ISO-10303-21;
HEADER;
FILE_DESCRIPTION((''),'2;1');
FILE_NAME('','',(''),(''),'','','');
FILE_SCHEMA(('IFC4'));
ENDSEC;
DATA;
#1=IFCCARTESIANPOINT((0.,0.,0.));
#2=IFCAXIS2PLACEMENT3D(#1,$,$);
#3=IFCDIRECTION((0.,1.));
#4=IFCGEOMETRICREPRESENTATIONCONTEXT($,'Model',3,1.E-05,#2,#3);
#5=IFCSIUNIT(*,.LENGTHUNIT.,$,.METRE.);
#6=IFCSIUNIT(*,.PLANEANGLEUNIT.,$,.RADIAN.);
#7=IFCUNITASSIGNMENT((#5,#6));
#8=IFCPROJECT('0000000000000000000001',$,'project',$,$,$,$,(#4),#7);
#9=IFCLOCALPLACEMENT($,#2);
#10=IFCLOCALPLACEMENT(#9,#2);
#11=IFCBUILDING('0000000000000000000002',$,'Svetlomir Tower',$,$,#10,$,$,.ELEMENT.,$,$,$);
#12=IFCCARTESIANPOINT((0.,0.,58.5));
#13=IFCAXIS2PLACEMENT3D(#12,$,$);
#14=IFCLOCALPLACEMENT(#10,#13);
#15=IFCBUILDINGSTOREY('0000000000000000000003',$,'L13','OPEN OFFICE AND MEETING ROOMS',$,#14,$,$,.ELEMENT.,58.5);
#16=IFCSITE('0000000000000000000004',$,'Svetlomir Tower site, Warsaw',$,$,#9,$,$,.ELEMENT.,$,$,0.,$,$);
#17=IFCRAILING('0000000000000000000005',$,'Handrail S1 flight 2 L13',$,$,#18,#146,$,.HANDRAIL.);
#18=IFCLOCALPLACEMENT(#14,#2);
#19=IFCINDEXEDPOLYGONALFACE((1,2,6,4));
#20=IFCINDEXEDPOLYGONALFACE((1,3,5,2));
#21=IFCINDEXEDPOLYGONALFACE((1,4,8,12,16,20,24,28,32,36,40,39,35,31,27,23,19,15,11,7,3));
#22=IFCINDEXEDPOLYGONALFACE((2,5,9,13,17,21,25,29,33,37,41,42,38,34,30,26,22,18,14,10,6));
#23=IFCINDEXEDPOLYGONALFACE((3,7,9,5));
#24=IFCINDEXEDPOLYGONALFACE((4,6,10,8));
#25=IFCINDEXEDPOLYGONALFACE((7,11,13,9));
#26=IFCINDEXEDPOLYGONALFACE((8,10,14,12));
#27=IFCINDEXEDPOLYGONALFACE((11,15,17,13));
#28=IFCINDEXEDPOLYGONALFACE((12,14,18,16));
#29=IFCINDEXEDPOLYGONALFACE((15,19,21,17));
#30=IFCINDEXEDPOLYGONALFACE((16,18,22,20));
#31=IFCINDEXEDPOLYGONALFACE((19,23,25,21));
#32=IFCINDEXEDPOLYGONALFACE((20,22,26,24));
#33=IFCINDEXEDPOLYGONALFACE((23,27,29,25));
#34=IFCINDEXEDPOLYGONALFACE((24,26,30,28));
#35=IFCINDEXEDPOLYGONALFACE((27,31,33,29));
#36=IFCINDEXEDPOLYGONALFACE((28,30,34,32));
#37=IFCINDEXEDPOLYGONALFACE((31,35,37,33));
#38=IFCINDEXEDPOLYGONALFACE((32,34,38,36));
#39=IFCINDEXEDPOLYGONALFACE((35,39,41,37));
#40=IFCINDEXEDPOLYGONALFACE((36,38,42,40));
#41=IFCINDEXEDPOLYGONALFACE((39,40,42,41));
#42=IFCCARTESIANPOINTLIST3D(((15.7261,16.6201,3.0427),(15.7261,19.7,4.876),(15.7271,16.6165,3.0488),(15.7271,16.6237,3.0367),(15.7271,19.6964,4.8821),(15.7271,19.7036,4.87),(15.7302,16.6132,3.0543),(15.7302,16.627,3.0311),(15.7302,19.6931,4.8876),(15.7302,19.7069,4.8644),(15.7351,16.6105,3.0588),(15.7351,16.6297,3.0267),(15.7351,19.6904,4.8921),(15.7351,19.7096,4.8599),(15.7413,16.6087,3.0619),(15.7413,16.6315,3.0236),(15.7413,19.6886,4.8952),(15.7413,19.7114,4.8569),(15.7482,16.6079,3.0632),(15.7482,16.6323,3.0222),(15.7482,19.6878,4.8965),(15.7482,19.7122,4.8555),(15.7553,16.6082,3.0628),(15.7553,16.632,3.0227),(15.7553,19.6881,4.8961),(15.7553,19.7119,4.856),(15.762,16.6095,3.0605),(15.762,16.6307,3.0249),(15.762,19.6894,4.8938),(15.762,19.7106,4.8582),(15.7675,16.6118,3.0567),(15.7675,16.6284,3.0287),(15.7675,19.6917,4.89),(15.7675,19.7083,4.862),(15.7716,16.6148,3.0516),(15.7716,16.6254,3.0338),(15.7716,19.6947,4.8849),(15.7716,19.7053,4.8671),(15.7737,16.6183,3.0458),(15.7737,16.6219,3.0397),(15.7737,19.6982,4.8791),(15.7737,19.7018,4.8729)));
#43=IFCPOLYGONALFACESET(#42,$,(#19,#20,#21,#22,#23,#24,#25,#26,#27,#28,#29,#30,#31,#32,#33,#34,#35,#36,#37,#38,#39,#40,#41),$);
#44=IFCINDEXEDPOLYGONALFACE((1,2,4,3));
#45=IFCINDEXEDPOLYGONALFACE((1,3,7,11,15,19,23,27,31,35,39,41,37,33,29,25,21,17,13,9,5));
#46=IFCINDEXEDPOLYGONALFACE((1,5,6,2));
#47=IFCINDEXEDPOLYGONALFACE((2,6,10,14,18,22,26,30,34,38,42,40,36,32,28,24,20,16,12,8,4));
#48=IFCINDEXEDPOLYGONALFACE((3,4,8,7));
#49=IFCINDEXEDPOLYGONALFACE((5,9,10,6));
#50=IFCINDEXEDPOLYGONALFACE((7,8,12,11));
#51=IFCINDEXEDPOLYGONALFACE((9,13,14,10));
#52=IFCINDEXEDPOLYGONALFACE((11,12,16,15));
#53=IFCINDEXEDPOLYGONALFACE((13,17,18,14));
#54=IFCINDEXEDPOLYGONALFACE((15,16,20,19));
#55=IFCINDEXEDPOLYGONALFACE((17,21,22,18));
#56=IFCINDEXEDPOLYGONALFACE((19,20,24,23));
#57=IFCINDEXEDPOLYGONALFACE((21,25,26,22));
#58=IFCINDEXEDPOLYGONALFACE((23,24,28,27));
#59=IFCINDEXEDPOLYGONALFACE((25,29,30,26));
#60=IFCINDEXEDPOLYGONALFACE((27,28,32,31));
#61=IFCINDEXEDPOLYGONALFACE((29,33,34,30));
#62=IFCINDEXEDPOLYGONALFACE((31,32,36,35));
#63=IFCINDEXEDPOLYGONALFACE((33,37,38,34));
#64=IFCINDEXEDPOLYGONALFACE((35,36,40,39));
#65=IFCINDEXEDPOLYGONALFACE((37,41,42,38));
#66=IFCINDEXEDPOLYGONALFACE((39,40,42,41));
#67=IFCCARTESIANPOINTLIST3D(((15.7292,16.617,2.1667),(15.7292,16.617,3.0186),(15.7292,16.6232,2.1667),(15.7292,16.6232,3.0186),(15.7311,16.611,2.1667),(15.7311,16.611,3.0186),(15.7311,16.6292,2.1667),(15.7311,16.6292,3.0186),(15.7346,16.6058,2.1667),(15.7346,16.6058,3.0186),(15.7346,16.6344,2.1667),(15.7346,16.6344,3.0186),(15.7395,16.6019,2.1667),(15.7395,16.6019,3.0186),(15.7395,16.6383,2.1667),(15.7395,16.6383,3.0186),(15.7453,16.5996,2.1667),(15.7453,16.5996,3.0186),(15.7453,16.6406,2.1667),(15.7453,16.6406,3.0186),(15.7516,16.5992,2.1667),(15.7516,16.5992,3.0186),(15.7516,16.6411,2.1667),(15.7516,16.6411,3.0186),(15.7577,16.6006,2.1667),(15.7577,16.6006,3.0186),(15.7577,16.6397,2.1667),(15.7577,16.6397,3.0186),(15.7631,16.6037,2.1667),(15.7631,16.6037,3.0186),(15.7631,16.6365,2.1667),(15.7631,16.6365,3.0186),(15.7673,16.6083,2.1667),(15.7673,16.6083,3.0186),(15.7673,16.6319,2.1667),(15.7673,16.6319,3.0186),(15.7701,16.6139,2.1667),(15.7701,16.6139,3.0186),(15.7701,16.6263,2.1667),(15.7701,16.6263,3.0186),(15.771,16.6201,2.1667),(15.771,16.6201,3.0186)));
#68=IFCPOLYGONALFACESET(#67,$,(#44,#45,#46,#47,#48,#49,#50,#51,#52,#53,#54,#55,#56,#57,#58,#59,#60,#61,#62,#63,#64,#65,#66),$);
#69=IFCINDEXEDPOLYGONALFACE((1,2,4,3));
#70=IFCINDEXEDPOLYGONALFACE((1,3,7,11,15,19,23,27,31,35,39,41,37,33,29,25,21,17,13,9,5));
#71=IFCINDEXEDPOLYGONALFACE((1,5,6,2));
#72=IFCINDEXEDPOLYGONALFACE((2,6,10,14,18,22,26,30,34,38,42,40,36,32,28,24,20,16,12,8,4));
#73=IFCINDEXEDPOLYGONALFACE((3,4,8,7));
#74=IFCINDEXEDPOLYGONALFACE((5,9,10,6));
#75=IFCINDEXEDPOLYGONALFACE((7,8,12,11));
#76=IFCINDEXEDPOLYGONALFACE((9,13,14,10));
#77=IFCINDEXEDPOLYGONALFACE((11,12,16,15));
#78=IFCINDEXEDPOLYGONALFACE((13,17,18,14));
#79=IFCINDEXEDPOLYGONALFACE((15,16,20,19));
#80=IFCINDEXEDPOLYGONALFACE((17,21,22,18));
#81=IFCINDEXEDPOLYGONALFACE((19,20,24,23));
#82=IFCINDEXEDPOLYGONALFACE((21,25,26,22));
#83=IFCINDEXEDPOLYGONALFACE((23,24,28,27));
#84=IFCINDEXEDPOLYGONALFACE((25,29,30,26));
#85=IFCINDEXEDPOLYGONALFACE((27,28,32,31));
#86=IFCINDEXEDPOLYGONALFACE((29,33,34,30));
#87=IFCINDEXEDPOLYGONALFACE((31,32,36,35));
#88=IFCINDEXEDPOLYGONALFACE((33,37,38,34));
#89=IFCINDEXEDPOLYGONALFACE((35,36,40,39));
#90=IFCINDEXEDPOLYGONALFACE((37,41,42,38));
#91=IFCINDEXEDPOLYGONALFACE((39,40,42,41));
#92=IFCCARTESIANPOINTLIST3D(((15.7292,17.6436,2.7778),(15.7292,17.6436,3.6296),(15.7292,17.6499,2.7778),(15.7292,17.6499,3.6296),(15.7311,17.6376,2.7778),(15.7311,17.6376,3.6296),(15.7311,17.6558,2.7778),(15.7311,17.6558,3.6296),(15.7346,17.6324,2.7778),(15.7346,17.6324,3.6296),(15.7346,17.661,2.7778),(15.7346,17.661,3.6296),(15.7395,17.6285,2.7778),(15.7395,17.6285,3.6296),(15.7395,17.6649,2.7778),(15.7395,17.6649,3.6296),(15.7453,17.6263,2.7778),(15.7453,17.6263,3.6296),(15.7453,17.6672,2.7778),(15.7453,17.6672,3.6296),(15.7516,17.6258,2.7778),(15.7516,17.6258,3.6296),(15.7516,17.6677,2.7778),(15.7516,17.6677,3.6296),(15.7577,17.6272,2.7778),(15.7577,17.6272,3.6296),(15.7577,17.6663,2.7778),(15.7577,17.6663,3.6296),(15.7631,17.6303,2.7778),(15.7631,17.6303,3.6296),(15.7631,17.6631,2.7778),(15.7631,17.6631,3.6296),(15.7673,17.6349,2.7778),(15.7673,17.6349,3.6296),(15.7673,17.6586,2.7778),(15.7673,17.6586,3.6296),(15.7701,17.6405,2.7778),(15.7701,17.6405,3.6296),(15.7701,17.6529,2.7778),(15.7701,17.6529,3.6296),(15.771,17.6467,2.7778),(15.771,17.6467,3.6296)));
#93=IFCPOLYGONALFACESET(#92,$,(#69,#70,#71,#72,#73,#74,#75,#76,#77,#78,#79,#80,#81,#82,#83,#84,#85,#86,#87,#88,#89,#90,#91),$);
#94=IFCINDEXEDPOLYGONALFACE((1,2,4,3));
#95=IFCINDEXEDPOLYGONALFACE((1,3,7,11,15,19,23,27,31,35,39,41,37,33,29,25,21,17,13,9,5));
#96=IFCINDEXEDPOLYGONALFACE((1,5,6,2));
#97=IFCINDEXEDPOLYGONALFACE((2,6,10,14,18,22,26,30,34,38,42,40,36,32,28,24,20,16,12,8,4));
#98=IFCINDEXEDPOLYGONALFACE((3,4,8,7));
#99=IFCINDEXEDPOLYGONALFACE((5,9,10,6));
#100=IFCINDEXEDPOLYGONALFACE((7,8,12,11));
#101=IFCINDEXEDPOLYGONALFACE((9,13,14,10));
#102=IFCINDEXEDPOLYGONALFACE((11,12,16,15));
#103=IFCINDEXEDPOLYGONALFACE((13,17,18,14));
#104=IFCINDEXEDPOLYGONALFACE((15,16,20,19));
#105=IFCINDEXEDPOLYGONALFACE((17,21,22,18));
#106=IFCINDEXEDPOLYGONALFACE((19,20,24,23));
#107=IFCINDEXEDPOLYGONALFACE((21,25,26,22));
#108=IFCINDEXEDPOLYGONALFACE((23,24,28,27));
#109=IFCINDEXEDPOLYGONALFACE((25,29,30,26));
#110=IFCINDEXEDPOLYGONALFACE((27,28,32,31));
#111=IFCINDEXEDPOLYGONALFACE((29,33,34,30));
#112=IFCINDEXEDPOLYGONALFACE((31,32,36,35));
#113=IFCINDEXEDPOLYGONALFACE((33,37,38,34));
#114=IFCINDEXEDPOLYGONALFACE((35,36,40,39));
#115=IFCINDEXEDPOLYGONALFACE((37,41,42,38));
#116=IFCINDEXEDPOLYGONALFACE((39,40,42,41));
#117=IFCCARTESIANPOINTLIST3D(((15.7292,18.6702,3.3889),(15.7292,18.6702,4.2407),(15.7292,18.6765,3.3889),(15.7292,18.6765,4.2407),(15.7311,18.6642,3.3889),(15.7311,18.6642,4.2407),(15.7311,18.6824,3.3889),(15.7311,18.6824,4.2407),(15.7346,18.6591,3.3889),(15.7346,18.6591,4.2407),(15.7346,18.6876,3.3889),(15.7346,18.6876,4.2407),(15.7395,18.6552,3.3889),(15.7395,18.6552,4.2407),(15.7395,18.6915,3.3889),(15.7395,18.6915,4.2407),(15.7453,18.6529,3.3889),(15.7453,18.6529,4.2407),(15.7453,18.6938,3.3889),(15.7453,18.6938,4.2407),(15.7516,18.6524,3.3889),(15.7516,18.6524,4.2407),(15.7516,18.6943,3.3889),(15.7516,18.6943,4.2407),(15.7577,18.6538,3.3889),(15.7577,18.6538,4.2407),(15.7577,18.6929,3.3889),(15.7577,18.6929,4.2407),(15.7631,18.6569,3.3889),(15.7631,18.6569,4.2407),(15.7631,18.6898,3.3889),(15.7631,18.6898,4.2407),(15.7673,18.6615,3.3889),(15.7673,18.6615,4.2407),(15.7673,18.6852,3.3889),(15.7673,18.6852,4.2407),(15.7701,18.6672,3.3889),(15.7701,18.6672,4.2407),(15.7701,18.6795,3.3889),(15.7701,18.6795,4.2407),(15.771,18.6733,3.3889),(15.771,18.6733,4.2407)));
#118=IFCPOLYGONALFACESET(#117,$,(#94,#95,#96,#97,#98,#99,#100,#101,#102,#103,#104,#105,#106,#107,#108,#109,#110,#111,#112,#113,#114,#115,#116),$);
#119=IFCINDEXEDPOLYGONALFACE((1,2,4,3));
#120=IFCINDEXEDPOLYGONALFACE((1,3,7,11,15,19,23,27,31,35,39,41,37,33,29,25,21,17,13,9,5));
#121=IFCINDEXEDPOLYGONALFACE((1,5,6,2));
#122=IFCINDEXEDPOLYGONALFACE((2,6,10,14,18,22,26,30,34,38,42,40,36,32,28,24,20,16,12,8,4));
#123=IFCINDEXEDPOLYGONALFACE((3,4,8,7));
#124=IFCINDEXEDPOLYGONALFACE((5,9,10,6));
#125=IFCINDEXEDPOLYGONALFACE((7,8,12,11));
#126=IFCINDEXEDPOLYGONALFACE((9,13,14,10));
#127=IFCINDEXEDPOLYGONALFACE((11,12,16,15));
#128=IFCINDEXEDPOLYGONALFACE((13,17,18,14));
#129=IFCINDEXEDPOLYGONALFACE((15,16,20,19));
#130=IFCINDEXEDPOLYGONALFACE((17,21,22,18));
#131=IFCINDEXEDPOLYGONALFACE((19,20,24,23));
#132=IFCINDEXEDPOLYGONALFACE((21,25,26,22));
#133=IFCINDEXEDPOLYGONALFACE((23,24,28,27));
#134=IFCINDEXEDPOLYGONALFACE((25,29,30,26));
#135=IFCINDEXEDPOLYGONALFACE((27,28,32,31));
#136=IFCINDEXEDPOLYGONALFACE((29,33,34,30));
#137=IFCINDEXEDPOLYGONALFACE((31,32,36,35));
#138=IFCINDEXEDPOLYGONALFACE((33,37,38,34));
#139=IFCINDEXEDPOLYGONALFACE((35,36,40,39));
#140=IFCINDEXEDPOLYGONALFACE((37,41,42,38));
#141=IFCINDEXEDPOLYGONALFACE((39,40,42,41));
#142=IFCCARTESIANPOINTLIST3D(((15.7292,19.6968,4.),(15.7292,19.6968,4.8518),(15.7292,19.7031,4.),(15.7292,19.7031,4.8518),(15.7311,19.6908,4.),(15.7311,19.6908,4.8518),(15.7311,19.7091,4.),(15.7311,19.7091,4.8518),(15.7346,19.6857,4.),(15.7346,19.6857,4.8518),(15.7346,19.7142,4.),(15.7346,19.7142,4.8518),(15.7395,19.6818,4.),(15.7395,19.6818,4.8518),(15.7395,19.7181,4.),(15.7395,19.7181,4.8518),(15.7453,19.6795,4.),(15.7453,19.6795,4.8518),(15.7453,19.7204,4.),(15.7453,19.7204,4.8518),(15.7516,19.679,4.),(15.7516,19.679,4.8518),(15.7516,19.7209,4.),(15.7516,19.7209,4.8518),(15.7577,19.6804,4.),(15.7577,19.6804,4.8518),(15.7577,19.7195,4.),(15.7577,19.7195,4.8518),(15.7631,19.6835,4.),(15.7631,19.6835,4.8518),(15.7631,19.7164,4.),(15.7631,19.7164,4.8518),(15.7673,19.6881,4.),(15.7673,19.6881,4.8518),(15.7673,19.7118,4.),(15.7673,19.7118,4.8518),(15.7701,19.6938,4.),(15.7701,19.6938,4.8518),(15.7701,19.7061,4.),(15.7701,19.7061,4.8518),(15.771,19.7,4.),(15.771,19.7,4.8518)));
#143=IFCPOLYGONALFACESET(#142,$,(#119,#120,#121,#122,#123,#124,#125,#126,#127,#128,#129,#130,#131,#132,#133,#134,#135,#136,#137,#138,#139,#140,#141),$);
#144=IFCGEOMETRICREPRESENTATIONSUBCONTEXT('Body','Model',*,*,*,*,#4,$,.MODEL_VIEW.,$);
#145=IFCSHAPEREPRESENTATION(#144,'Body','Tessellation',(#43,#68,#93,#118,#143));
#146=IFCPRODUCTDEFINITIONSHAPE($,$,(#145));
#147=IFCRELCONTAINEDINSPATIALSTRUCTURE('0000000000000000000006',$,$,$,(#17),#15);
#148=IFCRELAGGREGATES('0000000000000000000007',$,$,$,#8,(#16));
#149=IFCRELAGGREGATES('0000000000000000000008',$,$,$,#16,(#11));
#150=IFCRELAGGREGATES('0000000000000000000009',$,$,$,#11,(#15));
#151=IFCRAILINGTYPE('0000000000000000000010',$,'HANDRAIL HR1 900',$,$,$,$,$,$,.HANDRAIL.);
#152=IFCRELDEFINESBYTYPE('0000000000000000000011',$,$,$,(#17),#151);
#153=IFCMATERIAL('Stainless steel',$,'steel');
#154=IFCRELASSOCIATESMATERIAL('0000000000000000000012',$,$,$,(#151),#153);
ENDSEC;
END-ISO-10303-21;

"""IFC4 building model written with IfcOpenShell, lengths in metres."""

from ifc_helpers import new_model, si_unit, direction, frame, origin, origin_2d, place, context, subcontext, project, spatial, circle, extrude, material, type_object, element, save


model = new_model("IFC4")

# Units and contexts
model_context = context("Model", 3, precision=1e-05, world=origin(), true_north=direction((0.0, 1.0)))
body_context = subcontext(model_context, "Body", "Model", "MODEL_VIEW")
ifc_project = project(units=[si_unit("LENGTHUNIT", "METRE"), si_unit("PLANEANGLEUNIT", "RADIAN")], contexts=[model_context])

# Site, building, storey
site_placement = place(None, origin())
site = spatial("IfcSite", under=ifc_project, at=site_placement, Name="Svetlomir Tower site, Warsaw", CompositionType="ELEMENT", RefElevation=0.0)
building_placement = place(site_placement, origin())
building = spatial("IfcBuilding", under=site, at=building_placement, Name="Svetlomir Tower", CompositionType="ELEMENT")
storey_placement = place(building_placement, frame((0.0, 0.0, 58.5)))
storey = spatial("IfcBuildingStorey", under=building, at=storey_placement, Name="L13", Description="OPEN OFFICE AND MEETING ROOMS", CompositionType="ELEMENT", Elevation=58.5)

# Railing
ifc_material_1 = material(Name="Stainless steel", Category="steel")
railing_type = type_object("IfcRailingType", Name="HANDRAIL HR1 900", PredefinedType="HANDRAIL", material=ifc_material_1)
railing_placement = place(storey_placement, frame((15.75, 16.6201, 2.1667)))
element("IfcRailing", 1, at=railing_placement, inside=storey, type_object=railing_type, Name="Handrail S1 flight 2 L13", PredefinedType="HANDRAIL", context=body_context, shape_type="SweptSolid", body=[
    extrude(circle(Radius=0.0239, at=origin_2d()), frame((0.0, 0.0, 0.876), z_axis=(0.0, 0.859291, 0.511487), x_axis=(-1.0, 0.0, 0.0)), (0.0, 0.0, 1.0), 3.5842),
    extrude(circle(Radius=0.021, at=origin_2d()), origin(), (0.0, 0.0, 1.0), 0.8518),
    extrude(circle(Radius=0.021, at=origin_2d()), frame((0.0, 1.0266, 0.6111)), (0.0, 0.0, 1.0), 0.8518),
    extrude(circle(Radius=0.021, at=origin_2d()), frame((0.0, 2.0532, 1.2222)), (0.0, 0.0, 1.0), 0.8518),
    extrude(circle(Radius=0.021, at=origin_2d()), frame((0.0, 3.0798, 1.8333)), (0.0, 0.0, 1.0), 0.8518),
])

save(model, "model.ifc")
